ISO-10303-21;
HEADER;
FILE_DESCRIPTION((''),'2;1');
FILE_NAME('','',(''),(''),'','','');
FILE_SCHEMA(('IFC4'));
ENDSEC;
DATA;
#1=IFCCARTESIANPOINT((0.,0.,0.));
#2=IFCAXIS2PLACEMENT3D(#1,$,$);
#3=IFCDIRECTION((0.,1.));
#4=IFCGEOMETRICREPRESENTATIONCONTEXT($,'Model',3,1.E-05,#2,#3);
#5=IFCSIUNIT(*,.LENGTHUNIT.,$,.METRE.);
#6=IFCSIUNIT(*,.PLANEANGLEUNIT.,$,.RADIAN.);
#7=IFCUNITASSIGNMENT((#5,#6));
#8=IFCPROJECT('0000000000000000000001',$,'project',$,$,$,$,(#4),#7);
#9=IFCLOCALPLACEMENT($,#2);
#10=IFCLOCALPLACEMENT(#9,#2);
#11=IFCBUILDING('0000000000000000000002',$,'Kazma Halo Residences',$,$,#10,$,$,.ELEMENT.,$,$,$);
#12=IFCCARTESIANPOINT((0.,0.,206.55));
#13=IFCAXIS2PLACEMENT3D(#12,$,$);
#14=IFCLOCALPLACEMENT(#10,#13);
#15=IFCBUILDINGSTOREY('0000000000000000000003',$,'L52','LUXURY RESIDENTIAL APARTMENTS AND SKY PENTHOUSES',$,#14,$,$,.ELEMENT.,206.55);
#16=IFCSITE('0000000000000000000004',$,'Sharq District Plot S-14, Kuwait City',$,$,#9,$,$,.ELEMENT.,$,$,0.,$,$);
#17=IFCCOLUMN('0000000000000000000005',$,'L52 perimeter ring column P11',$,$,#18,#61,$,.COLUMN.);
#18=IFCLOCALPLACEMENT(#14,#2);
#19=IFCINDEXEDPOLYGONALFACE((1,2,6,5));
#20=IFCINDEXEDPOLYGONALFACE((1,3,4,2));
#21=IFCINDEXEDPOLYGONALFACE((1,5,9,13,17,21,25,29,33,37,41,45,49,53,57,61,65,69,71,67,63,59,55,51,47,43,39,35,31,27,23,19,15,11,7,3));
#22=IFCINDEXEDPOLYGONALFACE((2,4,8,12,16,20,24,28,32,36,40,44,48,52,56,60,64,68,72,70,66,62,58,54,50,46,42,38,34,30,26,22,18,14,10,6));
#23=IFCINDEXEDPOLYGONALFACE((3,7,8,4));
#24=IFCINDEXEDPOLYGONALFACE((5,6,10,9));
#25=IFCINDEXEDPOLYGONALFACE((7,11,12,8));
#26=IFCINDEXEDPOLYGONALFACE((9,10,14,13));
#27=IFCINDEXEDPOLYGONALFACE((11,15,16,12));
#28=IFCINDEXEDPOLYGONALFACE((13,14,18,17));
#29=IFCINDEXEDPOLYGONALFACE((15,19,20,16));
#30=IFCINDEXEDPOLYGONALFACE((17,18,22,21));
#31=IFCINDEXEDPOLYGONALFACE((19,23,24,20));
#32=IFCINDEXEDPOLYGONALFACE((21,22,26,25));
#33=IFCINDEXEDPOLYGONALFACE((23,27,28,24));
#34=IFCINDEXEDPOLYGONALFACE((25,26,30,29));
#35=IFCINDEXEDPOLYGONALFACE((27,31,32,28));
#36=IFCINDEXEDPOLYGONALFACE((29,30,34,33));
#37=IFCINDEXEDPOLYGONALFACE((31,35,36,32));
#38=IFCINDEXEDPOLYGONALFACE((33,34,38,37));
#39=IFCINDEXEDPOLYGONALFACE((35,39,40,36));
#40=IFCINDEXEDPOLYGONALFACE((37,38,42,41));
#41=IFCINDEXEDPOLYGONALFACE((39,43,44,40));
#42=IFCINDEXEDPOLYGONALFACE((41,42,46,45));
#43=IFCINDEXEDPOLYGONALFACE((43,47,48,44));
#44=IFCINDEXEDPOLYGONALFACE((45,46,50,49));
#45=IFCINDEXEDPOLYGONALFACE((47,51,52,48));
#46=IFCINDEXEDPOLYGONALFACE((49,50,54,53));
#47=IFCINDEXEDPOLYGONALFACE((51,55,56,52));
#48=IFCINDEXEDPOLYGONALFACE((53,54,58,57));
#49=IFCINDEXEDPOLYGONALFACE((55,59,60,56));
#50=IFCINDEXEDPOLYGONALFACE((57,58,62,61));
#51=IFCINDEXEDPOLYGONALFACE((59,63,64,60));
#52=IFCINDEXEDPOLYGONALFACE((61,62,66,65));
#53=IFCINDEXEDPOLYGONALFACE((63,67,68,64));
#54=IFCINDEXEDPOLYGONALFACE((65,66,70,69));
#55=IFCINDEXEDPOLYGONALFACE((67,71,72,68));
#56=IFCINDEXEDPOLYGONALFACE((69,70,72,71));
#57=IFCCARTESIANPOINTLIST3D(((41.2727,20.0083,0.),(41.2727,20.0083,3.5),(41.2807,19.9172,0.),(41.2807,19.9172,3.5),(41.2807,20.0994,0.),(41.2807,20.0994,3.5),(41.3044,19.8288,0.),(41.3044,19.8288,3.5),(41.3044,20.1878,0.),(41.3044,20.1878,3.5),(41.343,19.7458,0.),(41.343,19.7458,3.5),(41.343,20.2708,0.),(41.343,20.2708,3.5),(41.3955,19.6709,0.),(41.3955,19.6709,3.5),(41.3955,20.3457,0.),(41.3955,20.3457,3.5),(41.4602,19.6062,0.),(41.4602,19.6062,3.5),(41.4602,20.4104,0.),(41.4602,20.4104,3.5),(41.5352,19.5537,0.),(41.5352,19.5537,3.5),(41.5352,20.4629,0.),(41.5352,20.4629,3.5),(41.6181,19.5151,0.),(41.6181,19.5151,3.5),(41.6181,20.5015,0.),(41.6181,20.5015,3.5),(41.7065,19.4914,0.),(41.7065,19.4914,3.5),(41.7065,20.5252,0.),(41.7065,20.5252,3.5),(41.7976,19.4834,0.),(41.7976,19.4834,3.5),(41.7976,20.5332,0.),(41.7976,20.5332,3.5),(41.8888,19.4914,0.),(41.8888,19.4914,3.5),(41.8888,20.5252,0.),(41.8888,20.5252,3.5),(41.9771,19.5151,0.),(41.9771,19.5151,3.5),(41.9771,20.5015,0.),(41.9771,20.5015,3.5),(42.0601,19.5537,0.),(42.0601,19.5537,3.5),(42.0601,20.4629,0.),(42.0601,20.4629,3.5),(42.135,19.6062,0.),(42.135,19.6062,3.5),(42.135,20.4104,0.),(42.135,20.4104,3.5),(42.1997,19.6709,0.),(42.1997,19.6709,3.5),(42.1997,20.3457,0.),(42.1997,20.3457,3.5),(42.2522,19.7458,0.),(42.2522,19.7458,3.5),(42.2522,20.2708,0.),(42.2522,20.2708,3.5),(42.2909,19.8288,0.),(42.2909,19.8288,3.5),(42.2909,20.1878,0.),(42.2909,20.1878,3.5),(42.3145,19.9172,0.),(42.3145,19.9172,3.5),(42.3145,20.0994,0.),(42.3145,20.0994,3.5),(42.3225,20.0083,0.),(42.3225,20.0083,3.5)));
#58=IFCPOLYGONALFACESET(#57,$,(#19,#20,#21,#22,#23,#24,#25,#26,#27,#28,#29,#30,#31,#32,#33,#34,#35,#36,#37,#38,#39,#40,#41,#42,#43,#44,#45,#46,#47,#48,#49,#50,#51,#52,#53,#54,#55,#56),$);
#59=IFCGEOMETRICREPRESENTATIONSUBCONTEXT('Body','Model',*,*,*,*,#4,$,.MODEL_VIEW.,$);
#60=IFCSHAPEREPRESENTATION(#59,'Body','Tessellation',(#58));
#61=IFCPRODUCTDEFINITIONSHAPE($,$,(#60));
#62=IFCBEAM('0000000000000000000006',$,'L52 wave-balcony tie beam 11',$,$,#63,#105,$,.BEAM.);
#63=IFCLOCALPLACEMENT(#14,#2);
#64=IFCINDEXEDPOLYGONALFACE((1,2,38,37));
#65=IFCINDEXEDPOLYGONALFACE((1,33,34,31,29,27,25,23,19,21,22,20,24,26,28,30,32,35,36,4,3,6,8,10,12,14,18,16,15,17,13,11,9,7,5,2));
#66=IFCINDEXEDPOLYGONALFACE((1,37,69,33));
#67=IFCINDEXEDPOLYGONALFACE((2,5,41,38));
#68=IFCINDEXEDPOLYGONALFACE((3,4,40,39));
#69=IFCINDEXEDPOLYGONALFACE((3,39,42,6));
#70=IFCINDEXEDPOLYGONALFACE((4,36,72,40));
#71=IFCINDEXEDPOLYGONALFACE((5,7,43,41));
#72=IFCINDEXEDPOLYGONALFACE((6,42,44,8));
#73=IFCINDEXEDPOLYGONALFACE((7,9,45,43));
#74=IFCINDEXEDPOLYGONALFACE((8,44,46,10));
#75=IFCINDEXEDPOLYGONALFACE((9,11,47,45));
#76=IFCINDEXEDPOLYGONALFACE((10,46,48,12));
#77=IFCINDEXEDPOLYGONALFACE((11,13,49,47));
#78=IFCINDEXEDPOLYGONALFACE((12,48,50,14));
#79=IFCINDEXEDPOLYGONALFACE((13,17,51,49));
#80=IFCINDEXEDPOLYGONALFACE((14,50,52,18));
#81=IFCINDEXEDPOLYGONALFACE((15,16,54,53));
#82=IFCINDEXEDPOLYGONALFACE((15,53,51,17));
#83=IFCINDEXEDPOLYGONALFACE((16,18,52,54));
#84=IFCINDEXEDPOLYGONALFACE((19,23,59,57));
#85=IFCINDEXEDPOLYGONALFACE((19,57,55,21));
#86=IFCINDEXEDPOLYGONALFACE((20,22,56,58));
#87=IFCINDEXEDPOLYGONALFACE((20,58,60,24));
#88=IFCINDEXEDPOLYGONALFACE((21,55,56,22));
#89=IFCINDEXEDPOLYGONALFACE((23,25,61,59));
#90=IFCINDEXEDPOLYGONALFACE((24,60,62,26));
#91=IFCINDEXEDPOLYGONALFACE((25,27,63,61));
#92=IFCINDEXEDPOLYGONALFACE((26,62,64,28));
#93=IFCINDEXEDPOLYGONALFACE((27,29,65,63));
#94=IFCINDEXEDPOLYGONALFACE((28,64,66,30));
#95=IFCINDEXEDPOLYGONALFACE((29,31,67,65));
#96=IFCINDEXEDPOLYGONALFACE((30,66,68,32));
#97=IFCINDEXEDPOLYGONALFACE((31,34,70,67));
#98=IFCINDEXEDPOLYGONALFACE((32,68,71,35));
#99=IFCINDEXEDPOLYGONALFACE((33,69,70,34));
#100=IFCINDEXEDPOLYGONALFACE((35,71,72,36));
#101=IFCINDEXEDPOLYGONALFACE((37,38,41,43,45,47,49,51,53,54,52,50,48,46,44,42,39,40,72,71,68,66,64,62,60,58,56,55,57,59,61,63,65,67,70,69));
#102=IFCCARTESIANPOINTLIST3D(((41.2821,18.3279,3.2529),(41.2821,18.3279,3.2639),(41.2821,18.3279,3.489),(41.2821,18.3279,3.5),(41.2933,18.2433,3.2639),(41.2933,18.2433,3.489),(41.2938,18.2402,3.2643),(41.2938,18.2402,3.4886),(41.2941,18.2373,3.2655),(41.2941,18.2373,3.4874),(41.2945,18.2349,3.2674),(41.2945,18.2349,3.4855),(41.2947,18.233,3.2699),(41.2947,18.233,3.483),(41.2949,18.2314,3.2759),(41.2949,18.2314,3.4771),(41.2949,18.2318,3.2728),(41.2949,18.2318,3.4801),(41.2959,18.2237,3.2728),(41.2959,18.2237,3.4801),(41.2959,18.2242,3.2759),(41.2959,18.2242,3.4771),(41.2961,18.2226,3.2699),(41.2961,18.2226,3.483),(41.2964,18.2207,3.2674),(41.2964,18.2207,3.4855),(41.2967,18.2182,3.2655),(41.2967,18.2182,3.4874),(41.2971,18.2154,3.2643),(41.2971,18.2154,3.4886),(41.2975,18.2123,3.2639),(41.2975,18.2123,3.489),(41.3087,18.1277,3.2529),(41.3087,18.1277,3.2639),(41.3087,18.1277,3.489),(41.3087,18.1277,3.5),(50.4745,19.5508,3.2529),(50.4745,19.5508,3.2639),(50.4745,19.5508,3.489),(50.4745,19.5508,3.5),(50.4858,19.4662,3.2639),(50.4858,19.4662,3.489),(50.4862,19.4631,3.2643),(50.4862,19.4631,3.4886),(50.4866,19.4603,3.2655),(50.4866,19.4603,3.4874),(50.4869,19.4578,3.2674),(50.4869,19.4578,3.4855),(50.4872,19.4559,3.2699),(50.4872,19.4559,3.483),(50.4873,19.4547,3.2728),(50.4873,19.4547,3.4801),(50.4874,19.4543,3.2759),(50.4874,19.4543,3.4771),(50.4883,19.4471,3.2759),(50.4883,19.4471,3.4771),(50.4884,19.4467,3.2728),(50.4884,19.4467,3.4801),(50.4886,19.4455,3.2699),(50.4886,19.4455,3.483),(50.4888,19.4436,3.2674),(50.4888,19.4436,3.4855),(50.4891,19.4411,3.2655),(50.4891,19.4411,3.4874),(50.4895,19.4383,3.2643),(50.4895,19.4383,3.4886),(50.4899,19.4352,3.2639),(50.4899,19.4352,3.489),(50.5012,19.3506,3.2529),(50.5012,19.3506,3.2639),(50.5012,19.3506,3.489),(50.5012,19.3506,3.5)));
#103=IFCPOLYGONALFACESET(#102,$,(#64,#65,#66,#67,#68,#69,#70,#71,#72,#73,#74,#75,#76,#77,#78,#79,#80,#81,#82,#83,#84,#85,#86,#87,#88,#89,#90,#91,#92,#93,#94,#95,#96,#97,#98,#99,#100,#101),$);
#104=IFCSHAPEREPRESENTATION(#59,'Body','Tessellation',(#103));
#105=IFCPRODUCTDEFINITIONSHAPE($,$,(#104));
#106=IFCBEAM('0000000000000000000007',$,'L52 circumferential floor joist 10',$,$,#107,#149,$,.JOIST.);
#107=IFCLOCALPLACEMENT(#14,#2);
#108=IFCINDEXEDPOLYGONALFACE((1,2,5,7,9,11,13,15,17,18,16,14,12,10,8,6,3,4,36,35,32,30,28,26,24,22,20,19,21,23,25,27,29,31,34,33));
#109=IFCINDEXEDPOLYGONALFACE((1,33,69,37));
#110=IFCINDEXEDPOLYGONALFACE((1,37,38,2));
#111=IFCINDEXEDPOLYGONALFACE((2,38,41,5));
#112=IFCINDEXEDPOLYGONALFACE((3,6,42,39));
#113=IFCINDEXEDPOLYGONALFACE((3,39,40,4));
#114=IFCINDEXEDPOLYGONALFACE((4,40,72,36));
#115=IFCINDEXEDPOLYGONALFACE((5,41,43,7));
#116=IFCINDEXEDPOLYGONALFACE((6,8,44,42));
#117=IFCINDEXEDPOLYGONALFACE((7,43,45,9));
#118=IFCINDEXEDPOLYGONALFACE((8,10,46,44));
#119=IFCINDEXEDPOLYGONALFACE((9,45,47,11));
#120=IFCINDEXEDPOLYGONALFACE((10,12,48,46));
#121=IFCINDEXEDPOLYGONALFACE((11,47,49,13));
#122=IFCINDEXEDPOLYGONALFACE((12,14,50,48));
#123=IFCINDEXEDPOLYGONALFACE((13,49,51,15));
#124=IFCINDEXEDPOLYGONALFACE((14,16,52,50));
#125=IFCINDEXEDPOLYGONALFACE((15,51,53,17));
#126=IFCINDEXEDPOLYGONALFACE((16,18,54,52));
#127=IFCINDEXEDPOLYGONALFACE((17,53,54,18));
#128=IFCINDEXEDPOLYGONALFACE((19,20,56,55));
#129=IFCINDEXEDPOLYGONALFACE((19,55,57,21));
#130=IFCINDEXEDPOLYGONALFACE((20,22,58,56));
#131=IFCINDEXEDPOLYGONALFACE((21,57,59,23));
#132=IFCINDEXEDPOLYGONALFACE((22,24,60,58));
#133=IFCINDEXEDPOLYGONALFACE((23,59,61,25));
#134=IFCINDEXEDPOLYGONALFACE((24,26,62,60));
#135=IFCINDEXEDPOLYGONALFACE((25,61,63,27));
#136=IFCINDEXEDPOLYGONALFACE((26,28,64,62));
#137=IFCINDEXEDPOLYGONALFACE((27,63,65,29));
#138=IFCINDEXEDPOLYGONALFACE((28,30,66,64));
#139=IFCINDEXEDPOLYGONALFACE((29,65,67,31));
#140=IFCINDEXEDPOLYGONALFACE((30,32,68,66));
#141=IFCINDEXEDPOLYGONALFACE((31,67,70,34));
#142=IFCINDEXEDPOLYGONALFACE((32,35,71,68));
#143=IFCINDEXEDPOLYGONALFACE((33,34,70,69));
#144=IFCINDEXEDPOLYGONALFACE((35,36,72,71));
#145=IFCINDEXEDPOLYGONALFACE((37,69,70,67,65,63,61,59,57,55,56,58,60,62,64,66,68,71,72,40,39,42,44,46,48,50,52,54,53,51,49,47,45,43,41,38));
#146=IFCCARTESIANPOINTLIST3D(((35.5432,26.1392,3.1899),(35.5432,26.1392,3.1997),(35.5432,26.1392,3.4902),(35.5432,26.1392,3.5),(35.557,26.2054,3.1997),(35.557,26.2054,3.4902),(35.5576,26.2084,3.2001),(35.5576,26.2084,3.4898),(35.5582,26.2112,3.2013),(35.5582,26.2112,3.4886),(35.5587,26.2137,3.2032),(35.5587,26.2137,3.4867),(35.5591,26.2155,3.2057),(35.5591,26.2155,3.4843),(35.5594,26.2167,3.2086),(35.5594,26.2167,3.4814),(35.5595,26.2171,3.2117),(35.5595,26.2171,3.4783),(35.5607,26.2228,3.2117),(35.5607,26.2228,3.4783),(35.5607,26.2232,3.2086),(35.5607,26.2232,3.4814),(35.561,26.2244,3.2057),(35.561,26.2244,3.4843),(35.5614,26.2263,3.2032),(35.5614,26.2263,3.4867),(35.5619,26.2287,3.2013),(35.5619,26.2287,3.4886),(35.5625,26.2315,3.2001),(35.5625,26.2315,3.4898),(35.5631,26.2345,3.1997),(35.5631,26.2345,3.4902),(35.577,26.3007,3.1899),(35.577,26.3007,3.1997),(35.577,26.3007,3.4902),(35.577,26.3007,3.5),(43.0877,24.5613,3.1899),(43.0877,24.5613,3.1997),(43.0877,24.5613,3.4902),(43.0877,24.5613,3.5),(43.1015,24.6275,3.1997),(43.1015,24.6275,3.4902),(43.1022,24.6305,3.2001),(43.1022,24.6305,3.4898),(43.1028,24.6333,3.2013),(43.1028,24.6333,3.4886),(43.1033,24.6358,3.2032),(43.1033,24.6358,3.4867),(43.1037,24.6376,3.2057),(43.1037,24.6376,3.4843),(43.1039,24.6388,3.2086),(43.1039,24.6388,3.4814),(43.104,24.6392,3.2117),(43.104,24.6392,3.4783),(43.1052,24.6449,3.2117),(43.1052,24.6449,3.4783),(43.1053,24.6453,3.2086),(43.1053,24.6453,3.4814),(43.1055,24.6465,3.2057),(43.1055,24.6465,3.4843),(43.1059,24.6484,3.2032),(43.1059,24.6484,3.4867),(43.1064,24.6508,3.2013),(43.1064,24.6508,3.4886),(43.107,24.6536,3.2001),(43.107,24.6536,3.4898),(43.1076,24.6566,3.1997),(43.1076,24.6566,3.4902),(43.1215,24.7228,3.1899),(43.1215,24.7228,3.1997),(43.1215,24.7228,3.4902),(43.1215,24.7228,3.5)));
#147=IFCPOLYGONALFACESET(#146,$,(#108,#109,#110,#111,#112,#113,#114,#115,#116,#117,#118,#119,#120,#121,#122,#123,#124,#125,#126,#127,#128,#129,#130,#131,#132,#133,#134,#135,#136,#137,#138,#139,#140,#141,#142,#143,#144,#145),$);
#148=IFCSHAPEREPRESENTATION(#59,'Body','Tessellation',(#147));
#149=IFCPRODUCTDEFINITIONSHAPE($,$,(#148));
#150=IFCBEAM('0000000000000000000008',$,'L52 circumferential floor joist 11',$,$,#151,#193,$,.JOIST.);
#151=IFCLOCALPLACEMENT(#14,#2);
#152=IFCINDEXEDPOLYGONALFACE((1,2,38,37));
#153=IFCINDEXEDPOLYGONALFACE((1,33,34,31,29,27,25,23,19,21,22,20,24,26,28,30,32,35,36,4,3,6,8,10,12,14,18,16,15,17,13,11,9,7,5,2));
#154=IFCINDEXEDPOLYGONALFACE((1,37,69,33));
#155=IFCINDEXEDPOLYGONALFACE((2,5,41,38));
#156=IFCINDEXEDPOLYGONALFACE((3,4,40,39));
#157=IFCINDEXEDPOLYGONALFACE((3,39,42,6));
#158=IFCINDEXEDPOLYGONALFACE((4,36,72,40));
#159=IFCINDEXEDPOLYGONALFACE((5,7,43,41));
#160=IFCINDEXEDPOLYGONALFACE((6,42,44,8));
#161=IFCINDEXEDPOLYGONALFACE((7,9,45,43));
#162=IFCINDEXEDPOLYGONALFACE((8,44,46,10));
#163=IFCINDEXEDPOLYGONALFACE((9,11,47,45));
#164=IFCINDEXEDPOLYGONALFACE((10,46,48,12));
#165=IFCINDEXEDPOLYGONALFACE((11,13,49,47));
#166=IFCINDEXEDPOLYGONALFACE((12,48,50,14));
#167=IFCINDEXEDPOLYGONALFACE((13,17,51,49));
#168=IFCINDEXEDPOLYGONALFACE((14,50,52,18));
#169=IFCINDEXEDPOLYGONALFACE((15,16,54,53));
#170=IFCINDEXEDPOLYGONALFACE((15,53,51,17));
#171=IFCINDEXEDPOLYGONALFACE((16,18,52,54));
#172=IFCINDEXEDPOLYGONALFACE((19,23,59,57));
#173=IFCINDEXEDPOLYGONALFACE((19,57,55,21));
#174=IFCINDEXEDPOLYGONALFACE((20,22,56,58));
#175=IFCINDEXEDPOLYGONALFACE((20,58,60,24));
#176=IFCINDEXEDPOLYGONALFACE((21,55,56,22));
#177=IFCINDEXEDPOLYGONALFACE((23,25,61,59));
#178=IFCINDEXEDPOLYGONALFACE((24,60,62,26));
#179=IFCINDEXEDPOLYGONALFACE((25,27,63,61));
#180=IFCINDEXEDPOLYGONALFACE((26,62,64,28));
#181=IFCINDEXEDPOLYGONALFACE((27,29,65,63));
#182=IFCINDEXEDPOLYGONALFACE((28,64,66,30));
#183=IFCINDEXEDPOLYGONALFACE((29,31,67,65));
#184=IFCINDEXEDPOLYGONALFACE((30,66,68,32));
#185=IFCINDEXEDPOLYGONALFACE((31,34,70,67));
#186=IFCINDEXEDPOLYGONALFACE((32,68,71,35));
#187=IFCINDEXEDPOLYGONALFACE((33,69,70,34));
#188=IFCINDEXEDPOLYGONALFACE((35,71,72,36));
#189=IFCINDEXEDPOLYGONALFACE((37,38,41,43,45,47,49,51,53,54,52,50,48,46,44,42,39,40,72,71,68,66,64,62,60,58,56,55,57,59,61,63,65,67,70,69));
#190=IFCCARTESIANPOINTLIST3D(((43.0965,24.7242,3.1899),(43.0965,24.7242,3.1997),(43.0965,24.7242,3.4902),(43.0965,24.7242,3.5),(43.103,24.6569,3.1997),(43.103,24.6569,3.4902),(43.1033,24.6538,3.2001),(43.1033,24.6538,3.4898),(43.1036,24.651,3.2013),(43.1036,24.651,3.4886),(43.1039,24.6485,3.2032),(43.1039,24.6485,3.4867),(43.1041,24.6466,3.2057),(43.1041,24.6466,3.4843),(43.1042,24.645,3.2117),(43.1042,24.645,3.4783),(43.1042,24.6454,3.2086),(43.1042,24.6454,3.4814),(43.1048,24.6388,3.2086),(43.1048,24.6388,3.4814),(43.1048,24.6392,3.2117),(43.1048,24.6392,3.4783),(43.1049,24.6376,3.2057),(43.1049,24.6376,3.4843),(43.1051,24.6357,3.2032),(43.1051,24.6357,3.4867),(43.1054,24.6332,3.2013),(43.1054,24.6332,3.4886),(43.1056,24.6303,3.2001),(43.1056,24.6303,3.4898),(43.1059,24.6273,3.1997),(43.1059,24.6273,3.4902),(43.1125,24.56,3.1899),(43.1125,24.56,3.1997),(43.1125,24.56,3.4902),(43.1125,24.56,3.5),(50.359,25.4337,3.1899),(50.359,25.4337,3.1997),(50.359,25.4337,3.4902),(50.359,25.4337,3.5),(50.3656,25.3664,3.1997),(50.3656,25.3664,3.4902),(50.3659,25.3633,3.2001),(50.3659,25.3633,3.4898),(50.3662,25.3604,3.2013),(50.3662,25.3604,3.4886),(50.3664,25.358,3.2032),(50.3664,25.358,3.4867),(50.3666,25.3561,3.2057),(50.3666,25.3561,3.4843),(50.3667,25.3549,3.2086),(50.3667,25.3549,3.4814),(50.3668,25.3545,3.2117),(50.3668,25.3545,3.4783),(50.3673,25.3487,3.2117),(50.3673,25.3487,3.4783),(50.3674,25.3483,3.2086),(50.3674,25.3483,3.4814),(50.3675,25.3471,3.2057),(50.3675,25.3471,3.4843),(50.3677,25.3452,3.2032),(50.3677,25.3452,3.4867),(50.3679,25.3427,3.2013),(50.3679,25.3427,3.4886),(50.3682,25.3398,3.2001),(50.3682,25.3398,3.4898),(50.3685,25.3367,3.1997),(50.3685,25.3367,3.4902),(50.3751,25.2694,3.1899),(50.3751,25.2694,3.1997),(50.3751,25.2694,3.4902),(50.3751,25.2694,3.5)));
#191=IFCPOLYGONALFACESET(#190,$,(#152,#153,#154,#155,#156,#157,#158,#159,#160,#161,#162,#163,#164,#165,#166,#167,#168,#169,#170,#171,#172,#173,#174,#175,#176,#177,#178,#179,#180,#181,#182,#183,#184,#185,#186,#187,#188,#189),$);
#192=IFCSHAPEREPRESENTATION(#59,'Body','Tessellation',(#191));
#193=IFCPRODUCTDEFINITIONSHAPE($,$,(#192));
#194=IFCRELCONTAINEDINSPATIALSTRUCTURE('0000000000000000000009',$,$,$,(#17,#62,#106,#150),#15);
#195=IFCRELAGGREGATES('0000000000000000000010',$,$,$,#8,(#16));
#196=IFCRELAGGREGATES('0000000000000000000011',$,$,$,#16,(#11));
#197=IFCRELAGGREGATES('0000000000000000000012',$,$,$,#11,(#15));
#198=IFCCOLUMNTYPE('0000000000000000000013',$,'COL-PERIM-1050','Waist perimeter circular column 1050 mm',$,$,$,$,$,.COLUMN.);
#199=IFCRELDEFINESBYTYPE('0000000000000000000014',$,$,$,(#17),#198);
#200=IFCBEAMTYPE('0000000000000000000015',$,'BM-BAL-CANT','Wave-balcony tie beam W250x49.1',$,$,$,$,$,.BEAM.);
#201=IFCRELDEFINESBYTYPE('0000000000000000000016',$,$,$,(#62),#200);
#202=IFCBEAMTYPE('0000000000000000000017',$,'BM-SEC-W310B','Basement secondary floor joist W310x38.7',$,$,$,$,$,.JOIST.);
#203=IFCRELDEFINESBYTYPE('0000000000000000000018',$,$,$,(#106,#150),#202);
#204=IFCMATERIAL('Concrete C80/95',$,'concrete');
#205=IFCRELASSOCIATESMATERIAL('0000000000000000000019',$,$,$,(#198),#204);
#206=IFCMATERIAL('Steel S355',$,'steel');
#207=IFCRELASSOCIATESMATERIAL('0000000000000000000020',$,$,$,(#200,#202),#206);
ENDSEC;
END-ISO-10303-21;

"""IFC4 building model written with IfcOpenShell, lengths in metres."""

from ifc_helpers import new_model, si_unit, direction, frame, origin, origin_2d, place, context, subcontext, project, spatial, circle, i_section, extrude, material, material_profile, profile_set, type_object, element, save


model = new_model("IFC4")

# Units and contexts
model_context = context("Model", 3, precision=1e-05, world=origin(), true_north=direction((0.0, 1.0)))
body_context = subcontext(model_context, "Body", "Model", "MODEL_VIEW")
ifc_project = project(units=[si_unit("LENGTHUNIT", "METRE"), si_unit("PLANEANGLEUNIT", "RADIAN")], contexts=[model_context])

# Site, building, storey
site_placement = place(None, origin())
site = spatial("IfcSite", under=ifc_project, at=site_placement, Name="Sharq District Plot S-14, Kuwait City", CompositionType="ELEMENT", RefElevation=0.0)
building_placement = place(site_placement, origin())
building = spatial("IfcBuilding", under=site, at=building_placement, Name="Kazma Halo Residences", CompositionType="ELEMENT")
storey_placement = place(building_placement, frame((0.0, 0.0, 206.55)))
storey = spatial("IfcBuildingStorey", under=building, at=storey_placement, Name="L52", Description="LUXURY RESIDENTIAL APARTMENTS AND SKY PENTHOUSES", CompositionType="ELEMENT", Elevation=206.55)

# Column
ifc_material_1 = material(Name="Concrete C80/95", Category="concrete")
ifc_material_profile_1 = material_profile(ifc_material_1, circle(Radius=0.5249, at=origin_2d()), Name="CIRC1050")
ifc_profile_set_1 = profile_set([ifc_material_profile_1], Name="Concrete C80/95")
column_type = type_object("IfcColumnType", Name="COL-PERIM-1050", Description="Waist perimeter circular column 1050 mm", PredefinedType="COLUMN", material=ifc_profile_set_1)
column_placement = place(storey_placement, frame((41.7976, 20.0083, 0.0), z_axis=(0.0, 0.0, 1.0), x_axis=(1.0, 0.0, 0.0)))
element("IfcColumn", 1, at=column_placement, inside=storey, type_object=column_type, Name="L52 perimeter ring column P11", PredefinedType="COLUMN", context=body_context, shape_type="SweptSolid", body=[
    extrude(circle(Radius=0.5249, at=origin_2d()), origin(), (0.0, 0.0, 1.0), 3.5),
])

# Beams
ifc_material_2 = material(Name="Steel S355", Category="steel")
ifc_material_profile_2 = material_profile(ifc_material_2, i_section(OverallWidth=0.2019, OverallDepth=0.2471, WebThickness=0.0073, FlangeThickness=0.011, FilletRadius=0.012, at=origin_2d()), Name="W250x49.1")
ifc_profile_set_2 = profile_set([ifc_material_profile_2], Name="Steel S355")
beam_type_1 = type_object("IfcBeamType", Name="BM-BAL-CANT", Description="Wave-balcony tie beam W250x49.1", PredefinedType="BEAM", material=ifc_profile_set_2)
beam_1_placement = place(storey_placement, frame((41.2954, 18.2278, 3.3765), z_axis=(0.991267, 0.131872, 0.0), x_axis=(-0.131872, 0.991267, 0.0)))
element("IfcBeam", 2, at=beam_1_placement, inside=storey, type_object=beam_type_1, Name="L52 wave-balcony tie beam 11", PredefinedType="BEAM", context=body_context, shape_type="SweptSolid", body=[
    extrude(i_section(OverallWidth=0.2019, OverallDepth=0.2471, WebThickness=0.0073, FlangeThickness=0.011, FilletRadius=0.012, at=origin_2d()), origin(), (0.0, 0.0, 1.0), 9.2734),
])
ifc_material_profile_3 = material_profile(ifc_material_2, i_section(OverallWidth=0.165, OverallDepth=0.3101, WebThickness=0.0059, FlangeThickness=0.0098, FilletRadius=0.012, at=origin_2d()), Name="W310x38.7")
ifc_profile_set_3 = profile_set([ifc_material_profile_3], Name="Steel S355")
beam_type_2 = type_object("IfcBeamType", Name="BM-SEC-W310B", Description="Basement secondary floor joist W310x38.7", PredefinedType="JOIST", material=ifc_profile_set_3)
beam_2_placement = place(storey_placement, frame((35.5601, 26.22, 3.345), z_axis=(0.978821, -0.204716, 0.0), x_axis=(0.204716, 0.978821, 0.0)))
element("IfcBeam", 3, at=beam_2_placement, inside=storey, type_object=beam_type_2, Name="L52 circumferential floor joist 10", PredefinedType="JOIST", context=body_context, shape_type="SweptSolid", body=[
    extrude(i_section(OverallWidth=0.165, OverallDepth=0.3101, WebThickness=0.0059, FlangeThickness=0.0098, FilletRadius=0.012, at=origin_2d()), origin(), (0.0, 0.0, 1.0), 7.7078),
])
beam_3_placement = place(storey_placement, frame((43.1045, 24.6421, 3.345), z_axis=(0.995262, 0.097228, 0.0), x_axis=(-0.097228, 0.995262, 0.0)))
element("IfcBeam", 4, at=beam_3_placement, inside=storey, type_object=beam_type_2, Name="L52 circumferential floor joist 11", PredefinedType="JOIST", context=body_context, shape_type="SweptSolid", body=[
    extrude(i_section(OverallWidth=0.165, OverallDepth=0.3101, WebThickness=0.0059, FlangeThickness=0.0098, FilletRadius=0.012, at=origin_2d()), origin(), (0.0, 0.0, 1.0), 7.2971),
])

save(model, "model.ifc")
